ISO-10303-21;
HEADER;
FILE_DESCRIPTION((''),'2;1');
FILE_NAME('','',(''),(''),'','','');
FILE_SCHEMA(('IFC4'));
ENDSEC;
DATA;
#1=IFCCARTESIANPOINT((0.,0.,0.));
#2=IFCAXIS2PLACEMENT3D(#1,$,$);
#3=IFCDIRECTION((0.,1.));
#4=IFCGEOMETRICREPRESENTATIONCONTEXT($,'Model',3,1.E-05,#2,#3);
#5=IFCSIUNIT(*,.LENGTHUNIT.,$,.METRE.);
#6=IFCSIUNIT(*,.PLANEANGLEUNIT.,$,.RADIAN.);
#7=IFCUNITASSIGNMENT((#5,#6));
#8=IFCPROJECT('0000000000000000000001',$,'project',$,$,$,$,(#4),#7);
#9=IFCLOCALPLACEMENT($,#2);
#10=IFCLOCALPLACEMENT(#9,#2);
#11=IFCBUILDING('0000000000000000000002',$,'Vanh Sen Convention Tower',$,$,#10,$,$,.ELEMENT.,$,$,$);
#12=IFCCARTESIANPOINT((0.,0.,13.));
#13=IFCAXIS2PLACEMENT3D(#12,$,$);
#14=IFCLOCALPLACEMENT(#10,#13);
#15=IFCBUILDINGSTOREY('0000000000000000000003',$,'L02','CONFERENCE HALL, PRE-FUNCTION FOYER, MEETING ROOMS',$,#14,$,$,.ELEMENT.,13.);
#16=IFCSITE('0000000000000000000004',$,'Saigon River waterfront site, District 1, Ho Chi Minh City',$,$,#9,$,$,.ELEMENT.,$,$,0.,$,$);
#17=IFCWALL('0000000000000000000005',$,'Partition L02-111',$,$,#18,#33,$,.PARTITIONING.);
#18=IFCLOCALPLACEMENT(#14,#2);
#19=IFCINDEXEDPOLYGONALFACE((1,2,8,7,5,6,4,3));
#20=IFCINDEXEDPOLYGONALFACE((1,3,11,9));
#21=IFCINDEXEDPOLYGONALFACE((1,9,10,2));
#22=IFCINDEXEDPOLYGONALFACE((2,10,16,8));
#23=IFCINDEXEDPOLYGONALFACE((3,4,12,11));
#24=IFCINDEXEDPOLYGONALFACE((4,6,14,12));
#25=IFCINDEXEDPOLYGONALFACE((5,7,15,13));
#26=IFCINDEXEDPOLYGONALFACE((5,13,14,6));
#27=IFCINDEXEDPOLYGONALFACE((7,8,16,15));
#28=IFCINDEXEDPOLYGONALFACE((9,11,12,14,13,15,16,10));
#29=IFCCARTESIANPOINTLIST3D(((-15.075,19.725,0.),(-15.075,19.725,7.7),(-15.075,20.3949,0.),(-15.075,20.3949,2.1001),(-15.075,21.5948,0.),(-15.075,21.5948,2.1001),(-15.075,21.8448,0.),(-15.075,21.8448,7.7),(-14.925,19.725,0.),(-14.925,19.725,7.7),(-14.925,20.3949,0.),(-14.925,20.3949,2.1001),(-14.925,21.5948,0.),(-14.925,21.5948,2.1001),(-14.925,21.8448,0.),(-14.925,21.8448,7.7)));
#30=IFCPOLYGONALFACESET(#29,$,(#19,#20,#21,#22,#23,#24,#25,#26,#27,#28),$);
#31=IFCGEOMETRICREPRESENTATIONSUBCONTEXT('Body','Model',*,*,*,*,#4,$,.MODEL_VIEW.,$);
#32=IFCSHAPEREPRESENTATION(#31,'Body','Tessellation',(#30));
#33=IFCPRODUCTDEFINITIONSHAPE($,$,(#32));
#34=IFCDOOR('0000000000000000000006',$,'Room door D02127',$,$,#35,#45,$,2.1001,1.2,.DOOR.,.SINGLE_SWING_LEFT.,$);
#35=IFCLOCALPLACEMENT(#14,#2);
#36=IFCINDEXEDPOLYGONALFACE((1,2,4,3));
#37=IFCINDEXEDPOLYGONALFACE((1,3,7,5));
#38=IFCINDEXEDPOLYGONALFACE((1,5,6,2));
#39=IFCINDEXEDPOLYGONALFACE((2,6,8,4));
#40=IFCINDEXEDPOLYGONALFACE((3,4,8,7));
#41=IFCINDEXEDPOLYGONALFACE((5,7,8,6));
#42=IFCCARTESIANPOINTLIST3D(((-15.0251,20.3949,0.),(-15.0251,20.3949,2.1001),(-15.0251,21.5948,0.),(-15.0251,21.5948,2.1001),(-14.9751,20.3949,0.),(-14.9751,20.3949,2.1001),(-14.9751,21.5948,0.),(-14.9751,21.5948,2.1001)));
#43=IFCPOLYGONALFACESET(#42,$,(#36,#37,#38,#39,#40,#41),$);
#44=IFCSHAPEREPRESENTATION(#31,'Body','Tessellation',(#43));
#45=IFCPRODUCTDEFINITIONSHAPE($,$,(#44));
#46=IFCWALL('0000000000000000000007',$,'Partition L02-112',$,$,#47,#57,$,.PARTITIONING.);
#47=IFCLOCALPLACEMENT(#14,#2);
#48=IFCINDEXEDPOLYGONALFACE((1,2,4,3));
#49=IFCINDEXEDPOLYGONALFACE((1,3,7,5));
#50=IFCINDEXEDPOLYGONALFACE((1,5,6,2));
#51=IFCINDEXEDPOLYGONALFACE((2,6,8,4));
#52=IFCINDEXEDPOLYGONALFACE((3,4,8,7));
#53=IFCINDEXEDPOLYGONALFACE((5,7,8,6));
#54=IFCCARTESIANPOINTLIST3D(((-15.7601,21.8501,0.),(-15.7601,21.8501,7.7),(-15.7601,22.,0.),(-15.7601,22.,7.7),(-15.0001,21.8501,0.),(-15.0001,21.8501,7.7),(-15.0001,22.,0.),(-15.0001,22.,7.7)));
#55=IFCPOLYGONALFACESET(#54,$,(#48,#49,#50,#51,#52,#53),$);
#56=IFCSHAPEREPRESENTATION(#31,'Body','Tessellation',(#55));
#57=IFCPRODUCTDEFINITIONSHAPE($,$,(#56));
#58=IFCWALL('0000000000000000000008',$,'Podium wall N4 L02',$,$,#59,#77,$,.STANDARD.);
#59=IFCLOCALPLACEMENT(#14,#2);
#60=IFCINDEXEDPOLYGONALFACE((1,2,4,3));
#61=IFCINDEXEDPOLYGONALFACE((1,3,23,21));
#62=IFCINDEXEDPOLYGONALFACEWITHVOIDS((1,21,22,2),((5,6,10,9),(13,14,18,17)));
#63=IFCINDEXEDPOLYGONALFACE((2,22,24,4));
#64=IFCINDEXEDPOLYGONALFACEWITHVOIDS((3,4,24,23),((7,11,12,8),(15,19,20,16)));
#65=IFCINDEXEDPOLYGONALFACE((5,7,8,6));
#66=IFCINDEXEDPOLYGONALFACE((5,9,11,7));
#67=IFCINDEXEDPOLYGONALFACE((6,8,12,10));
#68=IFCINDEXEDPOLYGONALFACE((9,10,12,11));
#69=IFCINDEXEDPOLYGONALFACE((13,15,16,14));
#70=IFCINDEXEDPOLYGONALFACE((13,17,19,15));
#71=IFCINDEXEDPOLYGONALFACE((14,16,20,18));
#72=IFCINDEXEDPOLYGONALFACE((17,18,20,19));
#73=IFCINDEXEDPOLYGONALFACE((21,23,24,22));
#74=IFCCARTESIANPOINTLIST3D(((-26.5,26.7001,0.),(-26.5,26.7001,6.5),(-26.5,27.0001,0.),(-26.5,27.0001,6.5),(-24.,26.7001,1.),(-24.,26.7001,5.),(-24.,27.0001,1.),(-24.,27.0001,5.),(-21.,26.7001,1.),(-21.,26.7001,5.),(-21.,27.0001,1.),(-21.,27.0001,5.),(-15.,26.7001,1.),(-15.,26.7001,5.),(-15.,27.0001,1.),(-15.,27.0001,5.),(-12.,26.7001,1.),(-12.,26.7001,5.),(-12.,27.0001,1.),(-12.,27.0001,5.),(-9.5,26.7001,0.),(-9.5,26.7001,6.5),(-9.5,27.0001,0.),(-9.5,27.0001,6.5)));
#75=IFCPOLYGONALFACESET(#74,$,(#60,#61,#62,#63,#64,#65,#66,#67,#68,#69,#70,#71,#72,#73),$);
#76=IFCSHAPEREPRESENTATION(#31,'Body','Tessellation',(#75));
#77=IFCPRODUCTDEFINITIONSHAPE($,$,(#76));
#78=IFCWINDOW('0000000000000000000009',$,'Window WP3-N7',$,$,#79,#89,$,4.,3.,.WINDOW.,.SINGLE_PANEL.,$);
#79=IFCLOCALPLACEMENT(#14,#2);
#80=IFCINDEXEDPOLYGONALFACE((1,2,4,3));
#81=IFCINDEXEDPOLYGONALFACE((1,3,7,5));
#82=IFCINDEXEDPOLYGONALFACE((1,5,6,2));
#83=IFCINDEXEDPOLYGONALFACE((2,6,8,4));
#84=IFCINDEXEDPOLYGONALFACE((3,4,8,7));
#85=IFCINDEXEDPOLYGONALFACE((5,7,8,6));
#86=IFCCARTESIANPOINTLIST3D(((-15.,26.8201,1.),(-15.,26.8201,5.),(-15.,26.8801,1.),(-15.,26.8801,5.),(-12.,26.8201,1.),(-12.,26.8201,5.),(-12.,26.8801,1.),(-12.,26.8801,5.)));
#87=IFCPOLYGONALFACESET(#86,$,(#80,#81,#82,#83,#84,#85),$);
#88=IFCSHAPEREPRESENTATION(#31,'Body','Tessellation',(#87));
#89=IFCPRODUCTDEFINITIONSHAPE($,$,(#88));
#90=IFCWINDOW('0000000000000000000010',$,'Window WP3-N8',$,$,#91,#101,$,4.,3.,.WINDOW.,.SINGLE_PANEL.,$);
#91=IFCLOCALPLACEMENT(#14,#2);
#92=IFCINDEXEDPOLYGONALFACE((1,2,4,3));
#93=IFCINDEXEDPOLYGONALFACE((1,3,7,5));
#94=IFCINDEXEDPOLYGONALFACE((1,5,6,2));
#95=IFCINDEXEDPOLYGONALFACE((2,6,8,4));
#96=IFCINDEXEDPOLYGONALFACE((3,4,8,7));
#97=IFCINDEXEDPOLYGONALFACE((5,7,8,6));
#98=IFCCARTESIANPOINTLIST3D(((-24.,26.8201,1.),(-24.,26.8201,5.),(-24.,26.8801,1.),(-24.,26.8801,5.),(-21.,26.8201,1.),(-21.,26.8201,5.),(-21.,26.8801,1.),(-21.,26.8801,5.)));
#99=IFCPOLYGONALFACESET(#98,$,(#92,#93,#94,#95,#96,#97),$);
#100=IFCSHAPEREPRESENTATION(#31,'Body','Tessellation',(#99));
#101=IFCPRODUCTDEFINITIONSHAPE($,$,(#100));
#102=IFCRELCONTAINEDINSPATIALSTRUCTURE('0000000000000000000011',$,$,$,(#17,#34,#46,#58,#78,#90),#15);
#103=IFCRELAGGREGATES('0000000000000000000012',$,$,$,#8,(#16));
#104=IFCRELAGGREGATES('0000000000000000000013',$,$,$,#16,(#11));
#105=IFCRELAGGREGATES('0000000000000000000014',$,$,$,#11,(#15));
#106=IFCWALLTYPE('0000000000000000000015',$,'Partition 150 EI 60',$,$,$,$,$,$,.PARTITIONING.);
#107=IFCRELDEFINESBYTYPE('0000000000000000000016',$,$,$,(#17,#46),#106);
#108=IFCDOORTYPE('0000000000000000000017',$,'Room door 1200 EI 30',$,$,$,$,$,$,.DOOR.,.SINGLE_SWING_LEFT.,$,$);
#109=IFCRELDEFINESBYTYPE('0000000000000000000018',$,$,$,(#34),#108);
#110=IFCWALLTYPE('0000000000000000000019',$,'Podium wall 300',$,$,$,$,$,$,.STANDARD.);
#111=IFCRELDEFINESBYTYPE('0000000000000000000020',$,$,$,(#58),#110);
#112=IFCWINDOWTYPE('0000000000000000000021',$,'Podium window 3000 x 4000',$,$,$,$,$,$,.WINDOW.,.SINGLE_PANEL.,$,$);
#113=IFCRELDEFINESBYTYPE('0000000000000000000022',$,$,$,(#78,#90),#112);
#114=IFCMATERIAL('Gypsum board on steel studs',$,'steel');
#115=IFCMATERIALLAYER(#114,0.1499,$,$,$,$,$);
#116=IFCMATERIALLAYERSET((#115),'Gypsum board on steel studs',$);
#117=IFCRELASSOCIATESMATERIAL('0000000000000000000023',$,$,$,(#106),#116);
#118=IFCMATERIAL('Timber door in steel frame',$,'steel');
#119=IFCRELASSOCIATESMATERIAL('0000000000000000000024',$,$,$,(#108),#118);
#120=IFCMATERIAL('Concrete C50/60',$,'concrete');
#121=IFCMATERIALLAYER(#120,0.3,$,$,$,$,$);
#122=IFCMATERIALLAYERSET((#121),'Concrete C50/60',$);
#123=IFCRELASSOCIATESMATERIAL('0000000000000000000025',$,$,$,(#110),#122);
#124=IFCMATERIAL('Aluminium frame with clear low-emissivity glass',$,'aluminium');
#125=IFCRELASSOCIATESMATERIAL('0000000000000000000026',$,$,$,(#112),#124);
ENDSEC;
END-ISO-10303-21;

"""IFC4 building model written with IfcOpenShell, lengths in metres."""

from ifc_helpers import new_model, si_unit, direction, frame, frame_2d, origin, place, context, subcontext, project, spatial, rectangle, extrude, material, layer, layer_set, type_object, element, fill, save


model = new_model("IFC4")

# Units and contexts
model_context = context("Model", 3, precision=1e-05, world=origin(), true_north=direction((0.0, 1.0)))
body_context = subcontext(model_context, "Body", "Model", "MODEL_VIEW")
ifc_project = project(units=[si_unit("LENGTHUNIT", "METRE"), si_unit("PLANEANGLEUNIT", "RADIAN")], contexts=[model_context])

# Site, building, storey
site_placement = place(None, origin())
site = spatial("IfcSite", under=ifc_project, at=site_placement, Name="Saigon River waterfront site, District 1, Ho Chi Minh City", CompositionType="ELEMENT", RefElevation=0.0)
building_placement = place(site_placement, origin())
building = spatial("IfcBuilding", under=site, at=building_placement, Name="Vanh Sen Convention Tower", CompositionType="ELEMENT")
storey_placement = place(building_placement, frame((0.0, 0.0, 13.0)))
storey = spatial("IfcBuildingStorey", under=building, at=storey_placement, Name="L02", Description="CONFERENCE HALL, PRE-FUNCTION FOYER, MEETING ROOMS", CompositionType="ELEMENT", Elevation=13.0)

# Shared definitions
ifc_material_1 = material(Name="Gypsum board on steel studs", Category="steel")
ifc_layer_1 = layer(ifc_material_1, 0.1499)
ifc_layer_set_1 = layer_set([ifc_layer_1], Name="Gypsum board on steel studs")
wall_type_1 = type_object("IfcWallType", Name="Partition 150 EI 60", PredefinedType="PARTITIONING", material=ifc_layer_set_1)

# Wall, opening, door
wall_1_placement = place(storey_placement, frame((-15.0, 21.845, 0.0), z_axis=(0.0, 0.0, 1.0), x_axis=(0.0, -1.0, 0.0)))
wall_1 = element("IfcWall", 1, at=wall_1_placement, inside=storey, type_object=wall_type_1, Name="Partition L02-111", PredefinedType="PARTITIONING", context=body_context, shape_type="SweptSolid", body=[
    extrude(rectangle(XDim=2.1199, YDim=0.1499, at=frame_2d((1.0601, 0.0))), origin(), (0.0, 0.0, 1.0), 7.7),
])
opening_1_placement = place(wall_1_placement, frame((0.25, 0.0, 0.0)))
opening_1 = element("IfcOpeningElement", 2, at=opening_1_placement, cuts=wall_1, PredefinedType="OPENING", context=body_context, shape_type="SweptSolid", body=[
    extrude(rectangle(XDim=1.2, YDim=2.1001, at=frame_2d((0.6001, 1.05))), frame((0.0, 0.085, 0.0), z_axis=(0.0, -1.0, 0.0), x_axis=(1.0, 0.0, 0.0)), (0.0, 0.0, 1.0), 0.1699),
])
ifc_material_2 = material(Name="Timber door in steel frame", Category="steel")
door_type = type_object("IfcDoorType", Name="Room door 1200 EI 30", OperationType="SINGLE_SWING_LEFT", PredefinedType="DOOR", material=ifc_material_2)
door_placement = place(opening_1_placement, origin())
door = element("IfcDoor", 3, at=door_placement, inside=storey, type_object=door_type, Name="Room door D02127", OperationType="SINGLE_SWING_LEFT", OverallHeight=2.1001, OverallWidth=1.2, PredefinedType="DOOR", context=body_context, shape_type="SweptSolid", body=[
    extrude(rectangle(XDim=1.2, YDim=2.1001, at=frame_2d((0.6001, 1.05))), frame((0.0, 0.0249, 0.0), z_axis=(0.0, -1.0, 0.0), x_axis=(1.0, 0.0, 0.0)), (0.0, 0.0, 1.0), 0.05),
])
fill(opening_1, door)

# Wall
wall_2_placement = place(storey_placement, frame((-15.76, 21.925, 0.0), z_axis=(0.0, 0.0, 1.0), x_axis=(1.0, 0.0, 0.0)))
element("IfcWall", 4, at=wall_2_placement, inside=storey, type_object=wall_type_1, Name="Partition L02-112", PredefinedType="PARTITIONING", context=body_context, shape_type="SweptSolid", body=[
    extrude(rectangle(XDim=0.76, YDim=0.1499, at=frame_2d((0.3799, 0.0))), origin(), (0.0, 0.0, 1.0), 7.7),
])

# Wall, openings, windows
ifc_material_3 = material(Name="Concrete C50/60", Category="concrete")
ifc_layer_2 = layer(ifc_material_3, 0.3)
ifc_layer_set_2 = layer_set([ifc_layer_2], Name="Concrete C50/60")
wall_type_2 = type_object("IfcWallType", Name="Podium wall 300", PredefinedType="STANDARD", material=ifc_layer_set_2)
wall_3_placement = place(storey_placement, frame((-9.5, 26.8501, 0.0), z_axis=(0.0, 0.0, 1.0), x_axis=(-1.0, 0.0, 0.0)))
wall_3 = element("IfcWall", 5, at=wall_3_placement, inside=storey, type_object=wall_type_2, Name="Podium wall N4 L02", PredefinedType="STANDARD", context=body_context, shape_type="SweptSolid", body=[
    extrude(rectangle(XDim=17.0, YDim=0.3, at=frame_2d((8.5, 0.0))), origin(), (0.0, 0.0, 1.0), 6.5),
])
opening_2_placement = place(wall_3_placement, frame((2.5, 0.0, 1.0)))
opening_2 = element("IfcOpeningElement", 6, at=opening_2_placement, cuts=wall_3, PredefinedType="OPENING", context=body_context, shape_type="SweptSolid", body=[
    extrude(rectangle(XDim=3.0, YDim=4.0, at=frame_2d((1.5, 2.0))), frame((0.0, 0.1599, 0.0), z_axis=(0.0, -1.0, 0.0), x_axis=(1.0, 0.0, 0.0)), (0.0, 0.0, 1.0), 0.3201),
])
opening_3_placement = place(wall_3_placement, frame((11.5, 0.0, 1.0)))
opening_3 = element("IfcOpeningElement", 7, at=opening_3_placement, cuts=wall_3, PredefinedType="OPENING", context=body_context, shape_type="SweptSolid", body=[
    extrude(rectangle(XDim=3.0, YDim=4.0, at=frame_2d((1.5, 2.0))), frame((0.0, 0.1599, 0.0), z_axis=(0.0, -1.0, 0.0), x_axis=(1.0, 0.0, 0.0)), (0.0, 0.0, 1.0), 0.3201),
])
ifc_material_4 = material(Name="Aluminium frame with clear low-emissivity glass", Category="aluminium")
window_type = type_object("IfcWindowType", Name="Podium window 3000 x 4000", PartitioningType="SINGLE_PANEL", PredefinedType="WINDOW", material=ifc_material_4)
window_1_placement = place(opening_2_placement, origin())
window_1 = element("IfcWindow", 8, at=window_1_placement, inside=storey, type_object=window_type, Name="Window WP3-N7", OverallHeight=4.0, OverallWidth=3.0, PartitioningType="SINGLE_PANEL", PredefinedType="WINDOW", context=body_context, shape_type="SweptSolid", body=[
    extrude(rectangle(XDim=3.0, YDim=4.0, at=frame_2d((1.5, 2.0))), frame((0.0, 0.03, 0.0), z_axis=(0.0, -1.0, 0.0), x_axis=(1.0, 0.0, 0.0)), (0.0, 0.0, 1.0), 0.0601),
])
fill(opening_2, window_1)
window_2_placement = place(opening_3_placement, origin())
window_2 = element("IfcWindow", 9, at=window_2_placement, inside=storey, type_object=window_type, Name="Window WP3-N8", OverallHeight=4.0, OverallWidth=3.0, PartitioningType="SINGLE_PANEL", PredefinedType="WINDOW", context=body_context, shape_type="SweptSolid", body=[
    extrude(rectangle(XDim=3.0, YDim=4.0, at=frame_2d((1.5, 2.0))), frame((0.0, 0.03, 0.0), z_axis=(0.0, -1.0, 0.0), x_axis=(1.0, 0.0, 0.0)), (0.0, 0.0, 1.0), 0.0601),
])
fill(opening_3, window_2)

save(model, "model.ifc")
